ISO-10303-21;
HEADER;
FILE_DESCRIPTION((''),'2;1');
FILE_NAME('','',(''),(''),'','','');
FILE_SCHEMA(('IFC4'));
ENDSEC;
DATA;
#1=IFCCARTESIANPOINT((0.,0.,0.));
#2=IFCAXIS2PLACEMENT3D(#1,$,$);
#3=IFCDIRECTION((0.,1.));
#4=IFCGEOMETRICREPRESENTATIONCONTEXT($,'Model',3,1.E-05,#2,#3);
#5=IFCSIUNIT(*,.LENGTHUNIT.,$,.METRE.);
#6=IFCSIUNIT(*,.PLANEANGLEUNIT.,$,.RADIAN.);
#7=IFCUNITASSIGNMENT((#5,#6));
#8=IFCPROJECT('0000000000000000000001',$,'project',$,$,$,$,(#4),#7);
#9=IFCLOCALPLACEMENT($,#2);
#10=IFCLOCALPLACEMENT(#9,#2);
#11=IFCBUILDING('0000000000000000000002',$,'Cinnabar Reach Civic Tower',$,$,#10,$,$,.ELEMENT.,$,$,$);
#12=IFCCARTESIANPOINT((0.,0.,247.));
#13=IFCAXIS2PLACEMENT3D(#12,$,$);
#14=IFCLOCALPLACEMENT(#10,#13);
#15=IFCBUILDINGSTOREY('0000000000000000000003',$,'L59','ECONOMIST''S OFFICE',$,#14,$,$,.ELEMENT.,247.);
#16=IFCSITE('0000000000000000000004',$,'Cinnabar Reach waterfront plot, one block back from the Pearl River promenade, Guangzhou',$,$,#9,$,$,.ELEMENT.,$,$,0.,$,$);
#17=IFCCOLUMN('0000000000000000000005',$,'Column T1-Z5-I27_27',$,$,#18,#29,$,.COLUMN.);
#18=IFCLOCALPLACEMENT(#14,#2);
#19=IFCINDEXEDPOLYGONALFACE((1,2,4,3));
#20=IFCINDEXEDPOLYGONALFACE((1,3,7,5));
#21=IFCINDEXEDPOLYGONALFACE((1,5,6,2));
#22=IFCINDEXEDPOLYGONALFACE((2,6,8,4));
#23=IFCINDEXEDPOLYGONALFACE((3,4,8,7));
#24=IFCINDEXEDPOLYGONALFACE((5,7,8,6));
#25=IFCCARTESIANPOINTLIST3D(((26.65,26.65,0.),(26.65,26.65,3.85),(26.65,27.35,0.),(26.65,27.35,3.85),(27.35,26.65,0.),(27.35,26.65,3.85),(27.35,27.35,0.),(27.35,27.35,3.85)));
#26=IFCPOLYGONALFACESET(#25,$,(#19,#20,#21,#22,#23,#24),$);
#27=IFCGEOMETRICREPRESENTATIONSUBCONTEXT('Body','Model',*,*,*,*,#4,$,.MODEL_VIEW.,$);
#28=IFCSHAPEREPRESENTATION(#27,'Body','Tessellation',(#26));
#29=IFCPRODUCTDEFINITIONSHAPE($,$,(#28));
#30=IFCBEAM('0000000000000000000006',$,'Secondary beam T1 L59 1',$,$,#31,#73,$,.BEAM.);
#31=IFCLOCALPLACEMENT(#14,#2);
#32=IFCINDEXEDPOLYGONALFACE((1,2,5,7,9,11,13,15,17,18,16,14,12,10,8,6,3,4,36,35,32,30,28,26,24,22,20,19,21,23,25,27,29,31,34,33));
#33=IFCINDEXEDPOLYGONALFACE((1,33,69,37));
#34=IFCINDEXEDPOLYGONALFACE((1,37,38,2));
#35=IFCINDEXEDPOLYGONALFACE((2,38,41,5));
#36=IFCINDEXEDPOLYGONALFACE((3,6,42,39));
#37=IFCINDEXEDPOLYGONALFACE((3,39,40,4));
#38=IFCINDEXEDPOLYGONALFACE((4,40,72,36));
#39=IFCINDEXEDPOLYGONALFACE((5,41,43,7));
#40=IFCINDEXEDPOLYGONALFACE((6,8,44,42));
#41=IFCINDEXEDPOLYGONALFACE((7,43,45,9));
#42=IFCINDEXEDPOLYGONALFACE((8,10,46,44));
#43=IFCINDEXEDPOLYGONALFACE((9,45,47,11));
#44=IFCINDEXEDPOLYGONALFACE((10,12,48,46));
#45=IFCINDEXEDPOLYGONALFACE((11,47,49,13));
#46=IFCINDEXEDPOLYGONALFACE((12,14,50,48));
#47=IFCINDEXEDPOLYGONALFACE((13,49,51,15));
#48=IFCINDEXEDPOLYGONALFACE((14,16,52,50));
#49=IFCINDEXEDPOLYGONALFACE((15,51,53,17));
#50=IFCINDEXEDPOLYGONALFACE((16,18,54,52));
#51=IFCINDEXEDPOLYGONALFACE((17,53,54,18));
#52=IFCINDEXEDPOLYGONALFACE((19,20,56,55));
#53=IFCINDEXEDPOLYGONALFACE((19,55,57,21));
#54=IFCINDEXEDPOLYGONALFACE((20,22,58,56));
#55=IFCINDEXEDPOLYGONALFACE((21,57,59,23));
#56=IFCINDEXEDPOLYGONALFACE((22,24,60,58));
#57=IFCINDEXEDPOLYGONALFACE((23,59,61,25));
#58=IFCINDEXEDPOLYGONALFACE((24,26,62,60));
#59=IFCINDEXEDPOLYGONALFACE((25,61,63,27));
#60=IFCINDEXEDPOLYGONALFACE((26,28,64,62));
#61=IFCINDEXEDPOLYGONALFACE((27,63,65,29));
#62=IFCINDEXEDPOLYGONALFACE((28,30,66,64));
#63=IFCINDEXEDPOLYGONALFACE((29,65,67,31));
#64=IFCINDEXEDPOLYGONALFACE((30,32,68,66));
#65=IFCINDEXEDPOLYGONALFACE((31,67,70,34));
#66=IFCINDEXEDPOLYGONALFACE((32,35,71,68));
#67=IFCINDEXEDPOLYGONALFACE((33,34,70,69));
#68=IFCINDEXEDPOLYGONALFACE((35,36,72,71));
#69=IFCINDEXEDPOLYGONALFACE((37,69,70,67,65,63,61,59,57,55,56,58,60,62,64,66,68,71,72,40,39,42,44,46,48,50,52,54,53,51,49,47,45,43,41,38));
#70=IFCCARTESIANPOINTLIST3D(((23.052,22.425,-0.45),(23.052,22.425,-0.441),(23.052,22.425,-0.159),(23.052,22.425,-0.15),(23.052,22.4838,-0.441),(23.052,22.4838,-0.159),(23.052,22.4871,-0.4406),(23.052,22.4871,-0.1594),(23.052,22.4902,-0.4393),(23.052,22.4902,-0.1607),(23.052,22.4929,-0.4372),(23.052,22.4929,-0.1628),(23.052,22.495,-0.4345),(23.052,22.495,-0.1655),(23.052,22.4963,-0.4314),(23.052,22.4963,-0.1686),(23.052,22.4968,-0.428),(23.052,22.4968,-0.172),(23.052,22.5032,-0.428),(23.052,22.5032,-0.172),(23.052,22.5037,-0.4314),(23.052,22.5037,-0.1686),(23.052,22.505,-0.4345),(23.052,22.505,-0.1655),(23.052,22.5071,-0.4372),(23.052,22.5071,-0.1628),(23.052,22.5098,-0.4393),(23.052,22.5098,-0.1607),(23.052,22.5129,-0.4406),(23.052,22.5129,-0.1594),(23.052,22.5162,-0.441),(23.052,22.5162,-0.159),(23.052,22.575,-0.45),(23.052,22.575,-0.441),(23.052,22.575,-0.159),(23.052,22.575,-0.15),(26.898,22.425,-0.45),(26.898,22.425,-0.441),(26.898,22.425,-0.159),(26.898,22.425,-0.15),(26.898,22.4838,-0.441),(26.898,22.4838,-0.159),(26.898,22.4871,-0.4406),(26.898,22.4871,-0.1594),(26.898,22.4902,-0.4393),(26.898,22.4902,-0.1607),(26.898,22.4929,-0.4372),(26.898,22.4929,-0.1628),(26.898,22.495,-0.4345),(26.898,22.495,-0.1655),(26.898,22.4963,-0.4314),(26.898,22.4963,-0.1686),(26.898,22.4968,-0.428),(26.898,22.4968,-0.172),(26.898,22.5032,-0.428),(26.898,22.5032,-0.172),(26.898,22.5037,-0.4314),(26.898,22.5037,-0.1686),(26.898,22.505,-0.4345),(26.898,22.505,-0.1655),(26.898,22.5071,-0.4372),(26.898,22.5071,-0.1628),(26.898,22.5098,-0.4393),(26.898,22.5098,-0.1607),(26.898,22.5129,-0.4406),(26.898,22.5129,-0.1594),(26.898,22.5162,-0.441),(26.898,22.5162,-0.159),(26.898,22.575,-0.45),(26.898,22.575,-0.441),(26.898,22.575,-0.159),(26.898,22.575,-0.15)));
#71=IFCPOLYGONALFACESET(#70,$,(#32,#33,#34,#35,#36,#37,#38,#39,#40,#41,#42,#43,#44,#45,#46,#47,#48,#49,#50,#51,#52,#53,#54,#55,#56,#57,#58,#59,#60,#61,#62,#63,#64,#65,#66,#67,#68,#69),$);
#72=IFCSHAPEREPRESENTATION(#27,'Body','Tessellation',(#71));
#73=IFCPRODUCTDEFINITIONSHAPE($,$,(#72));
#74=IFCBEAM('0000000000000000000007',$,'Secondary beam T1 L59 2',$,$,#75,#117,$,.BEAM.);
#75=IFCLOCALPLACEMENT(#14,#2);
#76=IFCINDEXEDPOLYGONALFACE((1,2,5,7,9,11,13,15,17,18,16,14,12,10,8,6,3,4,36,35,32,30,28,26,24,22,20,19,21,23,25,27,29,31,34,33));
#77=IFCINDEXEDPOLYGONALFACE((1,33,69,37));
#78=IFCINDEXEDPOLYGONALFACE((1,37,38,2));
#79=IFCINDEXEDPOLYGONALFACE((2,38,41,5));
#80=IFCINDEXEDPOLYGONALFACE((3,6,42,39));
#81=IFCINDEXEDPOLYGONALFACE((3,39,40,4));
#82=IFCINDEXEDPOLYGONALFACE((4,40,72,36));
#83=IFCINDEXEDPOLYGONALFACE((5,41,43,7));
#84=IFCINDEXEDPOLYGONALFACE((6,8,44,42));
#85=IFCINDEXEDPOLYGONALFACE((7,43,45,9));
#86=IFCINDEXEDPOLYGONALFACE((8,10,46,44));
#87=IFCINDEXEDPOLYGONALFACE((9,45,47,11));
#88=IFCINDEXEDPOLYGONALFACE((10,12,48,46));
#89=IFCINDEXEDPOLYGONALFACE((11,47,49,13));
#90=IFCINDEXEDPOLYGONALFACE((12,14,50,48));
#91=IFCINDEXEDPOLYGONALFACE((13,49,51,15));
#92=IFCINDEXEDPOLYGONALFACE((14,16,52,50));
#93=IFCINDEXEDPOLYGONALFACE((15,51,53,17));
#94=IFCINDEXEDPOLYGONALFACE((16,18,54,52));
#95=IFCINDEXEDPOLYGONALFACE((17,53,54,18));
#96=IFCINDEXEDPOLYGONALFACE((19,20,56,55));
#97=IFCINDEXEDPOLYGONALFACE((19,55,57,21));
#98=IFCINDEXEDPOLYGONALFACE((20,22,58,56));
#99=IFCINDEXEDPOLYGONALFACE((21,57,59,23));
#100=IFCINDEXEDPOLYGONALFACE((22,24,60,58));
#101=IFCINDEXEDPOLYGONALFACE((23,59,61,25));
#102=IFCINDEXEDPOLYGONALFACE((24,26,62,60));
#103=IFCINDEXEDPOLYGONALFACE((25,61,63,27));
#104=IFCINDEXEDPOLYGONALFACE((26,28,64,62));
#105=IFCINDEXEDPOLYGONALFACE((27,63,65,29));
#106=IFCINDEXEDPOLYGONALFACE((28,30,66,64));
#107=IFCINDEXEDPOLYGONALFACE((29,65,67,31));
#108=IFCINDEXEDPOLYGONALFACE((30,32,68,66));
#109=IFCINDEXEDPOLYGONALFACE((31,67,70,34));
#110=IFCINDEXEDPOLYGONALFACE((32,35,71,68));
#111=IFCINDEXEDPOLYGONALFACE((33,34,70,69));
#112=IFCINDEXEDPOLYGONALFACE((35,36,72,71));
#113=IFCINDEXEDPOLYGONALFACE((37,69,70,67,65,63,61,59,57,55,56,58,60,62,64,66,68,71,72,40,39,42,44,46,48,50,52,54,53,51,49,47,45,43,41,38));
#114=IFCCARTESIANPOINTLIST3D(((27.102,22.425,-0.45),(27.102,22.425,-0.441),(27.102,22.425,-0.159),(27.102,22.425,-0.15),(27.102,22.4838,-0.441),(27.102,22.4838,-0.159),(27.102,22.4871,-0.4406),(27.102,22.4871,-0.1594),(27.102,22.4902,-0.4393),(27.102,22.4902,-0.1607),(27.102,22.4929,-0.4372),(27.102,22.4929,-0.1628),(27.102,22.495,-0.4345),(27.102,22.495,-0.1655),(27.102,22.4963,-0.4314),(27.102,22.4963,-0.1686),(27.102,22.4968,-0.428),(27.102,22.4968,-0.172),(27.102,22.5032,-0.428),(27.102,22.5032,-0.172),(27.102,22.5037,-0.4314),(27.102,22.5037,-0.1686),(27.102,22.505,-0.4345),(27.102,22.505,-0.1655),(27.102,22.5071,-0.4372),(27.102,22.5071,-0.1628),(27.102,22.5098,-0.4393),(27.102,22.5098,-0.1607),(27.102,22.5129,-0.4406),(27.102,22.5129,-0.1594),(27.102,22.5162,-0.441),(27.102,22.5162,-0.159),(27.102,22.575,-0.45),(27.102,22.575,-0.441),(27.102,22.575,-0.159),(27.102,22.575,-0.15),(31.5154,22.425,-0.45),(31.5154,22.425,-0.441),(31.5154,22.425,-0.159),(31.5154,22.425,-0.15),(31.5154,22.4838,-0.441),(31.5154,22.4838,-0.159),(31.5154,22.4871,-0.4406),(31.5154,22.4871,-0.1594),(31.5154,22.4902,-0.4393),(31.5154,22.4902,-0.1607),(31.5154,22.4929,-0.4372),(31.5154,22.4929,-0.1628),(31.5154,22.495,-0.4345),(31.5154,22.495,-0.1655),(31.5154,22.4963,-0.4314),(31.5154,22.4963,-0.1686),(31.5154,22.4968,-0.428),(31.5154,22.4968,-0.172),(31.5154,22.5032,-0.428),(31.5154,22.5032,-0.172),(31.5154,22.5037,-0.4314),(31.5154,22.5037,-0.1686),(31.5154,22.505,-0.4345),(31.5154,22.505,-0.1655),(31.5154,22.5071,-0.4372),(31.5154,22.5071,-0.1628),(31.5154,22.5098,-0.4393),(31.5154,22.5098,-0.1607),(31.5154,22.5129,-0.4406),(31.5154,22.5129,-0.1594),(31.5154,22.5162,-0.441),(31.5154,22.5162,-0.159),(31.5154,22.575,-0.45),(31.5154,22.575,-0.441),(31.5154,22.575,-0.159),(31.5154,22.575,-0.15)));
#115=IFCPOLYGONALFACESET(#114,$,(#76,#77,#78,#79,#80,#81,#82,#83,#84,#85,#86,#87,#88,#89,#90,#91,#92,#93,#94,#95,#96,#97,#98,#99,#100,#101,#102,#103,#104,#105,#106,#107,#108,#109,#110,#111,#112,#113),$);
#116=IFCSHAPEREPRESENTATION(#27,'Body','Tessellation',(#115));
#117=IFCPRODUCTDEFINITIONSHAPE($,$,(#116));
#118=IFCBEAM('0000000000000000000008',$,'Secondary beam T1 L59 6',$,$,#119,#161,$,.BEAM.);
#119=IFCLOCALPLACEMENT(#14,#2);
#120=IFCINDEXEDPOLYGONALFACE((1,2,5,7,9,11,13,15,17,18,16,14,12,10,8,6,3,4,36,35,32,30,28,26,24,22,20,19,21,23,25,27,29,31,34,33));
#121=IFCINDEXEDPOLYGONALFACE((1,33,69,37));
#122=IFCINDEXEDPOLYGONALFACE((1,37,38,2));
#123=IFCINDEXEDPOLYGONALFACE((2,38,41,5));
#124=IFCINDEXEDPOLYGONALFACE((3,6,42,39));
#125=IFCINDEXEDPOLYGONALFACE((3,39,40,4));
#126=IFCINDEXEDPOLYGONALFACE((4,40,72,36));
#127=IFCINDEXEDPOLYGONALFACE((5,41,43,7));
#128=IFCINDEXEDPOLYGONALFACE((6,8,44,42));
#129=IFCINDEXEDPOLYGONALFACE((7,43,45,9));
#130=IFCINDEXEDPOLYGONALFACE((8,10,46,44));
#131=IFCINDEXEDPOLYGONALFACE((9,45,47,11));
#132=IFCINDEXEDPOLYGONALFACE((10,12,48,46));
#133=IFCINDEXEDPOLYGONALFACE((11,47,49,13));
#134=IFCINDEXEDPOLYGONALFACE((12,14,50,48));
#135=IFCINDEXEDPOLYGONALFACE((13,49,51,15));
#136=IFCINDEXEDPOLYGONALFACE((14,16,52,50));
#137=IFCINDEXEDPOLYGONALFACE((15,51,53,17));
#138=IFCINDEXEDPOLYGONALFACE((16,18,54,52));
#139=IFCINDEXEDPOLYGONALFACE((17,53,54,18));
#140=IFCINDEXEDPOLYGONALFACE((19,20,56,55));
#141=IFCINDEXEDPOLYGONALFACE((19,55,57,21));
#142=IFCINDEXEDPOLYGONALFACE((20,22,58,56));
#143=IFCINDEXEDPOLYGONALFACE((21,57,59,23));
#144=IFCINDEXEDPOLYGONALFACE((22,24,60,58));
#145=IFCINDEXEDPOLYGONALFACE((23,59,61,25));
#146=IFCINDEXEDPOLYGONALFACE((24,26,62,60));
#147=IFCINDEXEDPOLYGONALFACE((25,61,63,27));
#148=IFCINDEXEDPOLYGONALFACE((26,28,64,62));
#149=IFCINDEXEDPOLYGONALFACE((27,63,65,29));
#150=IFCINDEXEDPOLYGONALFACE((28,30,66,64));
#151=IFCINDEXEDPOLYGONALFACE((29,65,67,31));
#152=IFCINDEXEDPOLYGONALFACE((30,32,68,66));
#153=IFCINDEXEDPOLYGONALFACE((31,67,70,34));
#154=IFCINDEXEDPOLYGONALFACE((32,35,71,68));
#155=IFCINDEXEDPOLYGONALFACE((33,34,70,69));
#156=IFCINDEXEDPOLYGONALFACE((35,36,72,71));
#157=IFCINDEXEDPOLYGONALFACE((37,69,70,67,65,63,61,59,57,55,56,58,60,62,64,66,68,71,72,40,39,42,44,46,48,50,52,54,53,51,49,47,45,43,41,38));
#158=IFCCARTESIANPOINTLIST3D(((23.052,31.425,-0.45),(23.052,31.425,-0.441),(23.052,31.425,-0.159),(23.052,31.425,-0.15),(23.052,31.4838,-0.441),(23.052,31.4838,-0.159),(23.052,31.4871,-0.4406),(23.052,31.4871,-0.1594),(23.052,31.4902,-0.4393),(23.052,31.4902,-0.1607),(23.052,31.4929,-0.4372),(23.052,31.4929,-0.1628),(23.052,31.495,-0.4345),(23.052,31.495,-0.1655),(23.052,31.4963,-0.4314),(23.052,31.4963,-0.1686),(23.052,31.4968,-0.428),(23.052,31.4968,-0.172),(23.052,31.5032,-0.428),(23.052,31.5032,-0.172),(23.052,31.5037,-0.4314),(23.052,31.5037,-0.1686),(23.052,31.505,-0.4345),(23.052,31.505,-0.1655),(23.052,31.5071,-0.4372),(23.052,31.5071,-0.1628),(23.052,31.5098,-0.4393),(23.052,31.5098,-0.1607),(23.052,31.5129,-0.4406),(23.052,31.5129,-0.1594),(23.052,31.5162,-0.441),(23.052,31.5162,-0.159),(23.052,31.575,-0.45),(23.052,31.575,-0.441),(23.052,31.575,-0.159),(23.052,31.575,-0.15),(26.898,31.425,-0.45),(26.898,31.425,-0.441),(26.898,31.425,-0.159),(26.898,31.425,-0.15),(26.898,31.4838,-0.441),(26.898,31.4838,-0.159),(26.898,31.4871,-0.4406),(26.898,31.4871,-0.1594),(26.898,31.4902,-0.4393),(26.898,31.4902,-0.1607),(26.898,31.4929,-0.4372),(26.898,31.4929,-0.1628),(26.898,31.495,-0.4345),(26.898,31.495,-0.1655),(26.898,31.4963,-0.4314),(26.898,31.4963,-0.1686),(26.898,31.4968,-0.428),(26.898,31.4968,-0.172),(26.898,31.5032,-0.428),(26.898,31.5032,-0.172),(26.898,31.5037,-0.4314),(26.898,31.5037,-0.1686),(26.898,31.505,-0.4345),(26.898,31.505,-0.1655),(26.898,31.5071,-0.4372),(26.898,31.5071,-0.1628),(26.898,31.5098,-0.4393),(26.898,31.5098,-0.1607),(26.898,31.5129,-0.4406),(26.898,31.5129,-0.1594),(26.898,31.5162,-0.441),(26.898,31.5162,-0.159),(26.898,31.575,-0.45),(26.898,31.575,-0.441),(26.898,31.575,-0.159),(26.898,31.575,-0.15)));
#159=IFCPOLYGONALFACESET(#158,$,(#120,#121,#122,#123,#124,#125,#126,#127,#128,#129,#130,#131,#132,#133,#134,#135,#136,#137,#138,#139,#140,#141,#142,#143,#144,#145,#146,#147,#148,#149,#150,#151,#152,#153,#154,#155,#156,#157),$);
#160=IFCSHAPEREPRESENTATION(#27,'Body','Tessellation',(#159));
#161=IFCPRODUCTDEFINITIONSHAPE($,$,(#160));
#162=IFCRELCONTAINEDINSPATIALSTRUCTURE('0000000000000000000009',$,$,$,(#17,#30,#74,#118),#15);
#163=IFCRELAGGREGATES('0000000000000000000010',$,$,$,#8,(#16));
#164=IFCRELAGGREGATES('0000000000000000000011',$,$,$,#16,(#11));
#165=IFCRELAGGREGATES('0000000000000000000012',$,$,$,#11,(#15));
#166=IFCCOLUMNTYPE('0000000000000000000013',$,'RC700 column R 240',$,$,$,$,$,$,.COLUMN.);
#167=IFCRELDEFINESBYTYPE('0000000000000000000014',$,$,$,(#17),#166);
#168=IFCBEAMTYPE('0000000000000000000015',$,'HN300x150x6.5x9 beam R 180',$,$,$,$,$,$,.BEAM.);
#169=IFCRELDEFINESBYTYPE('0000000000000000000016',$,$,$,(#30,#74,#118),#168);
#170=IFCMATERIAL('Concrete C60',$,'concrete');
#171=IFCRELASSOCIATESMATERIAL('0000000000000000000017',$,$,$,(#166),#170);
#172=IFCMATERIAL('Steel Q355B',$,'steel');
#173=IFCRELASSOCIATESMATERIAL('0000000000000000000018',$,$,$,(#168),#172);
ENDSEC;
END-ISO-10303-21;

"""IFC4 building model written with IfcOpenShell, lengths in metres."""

from ifc_helpers import new_model, si_unit, direction, frame, origin, origin_2d, place, context, subcontext, project, spatial, rectangle, i_section, extrude, material, material_profile, profile_set, type_object, element, save


model = new_model("IFC4")

# Units and contexts
model_context = context("Model", 3, precision=1e-05, world=origin(), true_north=direction((0.0, 1.0)))
body_context = subcontext(model_context, "Body", "Model", "MODEL_VIEW")
ifc_project = project(units=[si_unit("LENGTHUNIT", "METRE"), si_unit("PLANEANGLEUNIT", "RADIAN")], contexts=[model_context])

# Site, building, storey
site_placement = place(None, origin())
site = spatial("IfcSite", under=ifc_project, at=site_placement, Name="Cinnabar Reach waterfront plot, one block back from the Pearl River promenade, Guangzhou", CompositionType="ELEMENT", RefElevation=0.0)
building_placement = place(site_placement, origin())
building = spatial("IfcBuilding", under=site, at=building_placement, Name="Cinnabar Reach Civic Tower", CompositionType="ELEMENT")
storey_placement = place(building_placement, frame((0.0, 0.0, 247.0)))
storey = spatial("IfcBuildingStorey", under=building, at=storey_placement, Name="L59", Description="ECONOMIST'S OFFICE", CompositionType="ELEMENT", Elevation=247.0)

# Column
ifc_material_1 = material(Name="Concrete C60", Category="concrete")
ifc_material_profile_1 = material_profile(ifc_material_1, rectangle(XDim=0.7, YDim=0.7, at=origin_2d()), Name="RC700")
ifc_profile_set_1 = profile_set([ifc_material_profile_1], Name="Concrete C60")
column_type = type_object("IfcColumnType", Name="RC700 column R 240", PredefinedType="COLUMN", material=ifc_profile_set_1)
column_placement = place(storey_placement, frame((27.0, 27.0, 0.0), z_axis=(0.0, 0.0, 1.0), x_axis=(1.0, 0.0, 0.0)))
element("IfcColumn", 1, at=column_placement, inside=storey, type_object=column_type, Name="Column T1-Z5-I27_27", PredefinedType="COLUMN", context=body_context, shape_type="SweptSolid", body=[
    extrude(rectangle(XDim=0.7, YDim=0.7, at=origin_2d()), origin(), (0.0, 0.0, 1.0), 3.85),
])

# Beams
ifc_material_2 = material(Name="Steel Q355B", Category="steel")
ifc_material_profile_2 = material_profile(ifc_material_2, i_section(OverallWidth=0.15, OverallDepth=0.3, WebThickness=0.0065, FlangeThickness=0.009, FilletRadius=0.013, at=origin_2d()), Name="HN300x150x6.5x9")
ifc_profile_set_2 = profile_set([ifc_material_profile_2], Name="Steel Q355B")
beam_type_1 = type_object("IfcBeamType", Name="HN300x150x6.5x9 beam R 180", PredefinedType="BEAM", material=ifc_profile_set_2)
beam_1_placement = place(storey_placement, frame((23.052, 22.5, -0.3), z_axis=(1.0, 0.0, 0.0), x_axis=(0.0, 1.0, 0.0)))
element("IfcBeam", 2, at=beam_1_placement, inside=storey, type_object=beam_type_1, Name="Secondary beam T1 L59 1", PredefinedType="BEAM", context=body_context, shape_type="SweptSolid", body=[
    extrude(i_section(OverallWidth=0.15, OverallDepth=0.3, WebThickness=0.0065, FlangeThickness=0.009, FilletRadius=0.013, at=origin_2d()), origin(), (0.0, 0.0, 1.0), 3.846),
])
beam_2_placement = place(storey_placement, frame((27.102, 22.5, -0.3), z_axis=(1.0, 0.0, 0.0), x_axis=(0.0, 1.0, 0.0)))
element("IfcBeam", 3, at=beam_2_placement, inside=storey, type_object=beam_type_1, Name="Secondary beam T1 L59 2", PredefinedType="BEAM", context=body_context, shape_type="SweptSolid", body=[
    extrude(i_section(OverallWidth=0.15, OverallDepth=0.3, WebThickness=0.0065, FlangeThickness=0.009, FilletRadius=0.013, at=origin_2d()), origin(), (0.0, 0.0, 1.0), 4.4134),
])
beam_3_placement = place(storey_placement, frame((23.052, 31.5, -0.3), z_axis=(1.0, 0.0, 0.0), x_axis=(0.0, 1.0, 0.0)))
element("IfcBeam", 4, at=beam_3_placement, inside=storey, type_object=beam_type_1, Name="Secondary beam T1 L59 6", PredefinedType="BEAM", context=body_context, shape_type="SweptSolid", body=[
    extrude(i_section(OverallWidth=0.15, OverallDepth=0.3, WebThickness=0.0065, FlangeThickness=0.009, FilletRadius=0.013, at=origin_2d()), origin(), (0.0, 0.0, 1.0), 3.846),
])

save(model, "model.ifc")
